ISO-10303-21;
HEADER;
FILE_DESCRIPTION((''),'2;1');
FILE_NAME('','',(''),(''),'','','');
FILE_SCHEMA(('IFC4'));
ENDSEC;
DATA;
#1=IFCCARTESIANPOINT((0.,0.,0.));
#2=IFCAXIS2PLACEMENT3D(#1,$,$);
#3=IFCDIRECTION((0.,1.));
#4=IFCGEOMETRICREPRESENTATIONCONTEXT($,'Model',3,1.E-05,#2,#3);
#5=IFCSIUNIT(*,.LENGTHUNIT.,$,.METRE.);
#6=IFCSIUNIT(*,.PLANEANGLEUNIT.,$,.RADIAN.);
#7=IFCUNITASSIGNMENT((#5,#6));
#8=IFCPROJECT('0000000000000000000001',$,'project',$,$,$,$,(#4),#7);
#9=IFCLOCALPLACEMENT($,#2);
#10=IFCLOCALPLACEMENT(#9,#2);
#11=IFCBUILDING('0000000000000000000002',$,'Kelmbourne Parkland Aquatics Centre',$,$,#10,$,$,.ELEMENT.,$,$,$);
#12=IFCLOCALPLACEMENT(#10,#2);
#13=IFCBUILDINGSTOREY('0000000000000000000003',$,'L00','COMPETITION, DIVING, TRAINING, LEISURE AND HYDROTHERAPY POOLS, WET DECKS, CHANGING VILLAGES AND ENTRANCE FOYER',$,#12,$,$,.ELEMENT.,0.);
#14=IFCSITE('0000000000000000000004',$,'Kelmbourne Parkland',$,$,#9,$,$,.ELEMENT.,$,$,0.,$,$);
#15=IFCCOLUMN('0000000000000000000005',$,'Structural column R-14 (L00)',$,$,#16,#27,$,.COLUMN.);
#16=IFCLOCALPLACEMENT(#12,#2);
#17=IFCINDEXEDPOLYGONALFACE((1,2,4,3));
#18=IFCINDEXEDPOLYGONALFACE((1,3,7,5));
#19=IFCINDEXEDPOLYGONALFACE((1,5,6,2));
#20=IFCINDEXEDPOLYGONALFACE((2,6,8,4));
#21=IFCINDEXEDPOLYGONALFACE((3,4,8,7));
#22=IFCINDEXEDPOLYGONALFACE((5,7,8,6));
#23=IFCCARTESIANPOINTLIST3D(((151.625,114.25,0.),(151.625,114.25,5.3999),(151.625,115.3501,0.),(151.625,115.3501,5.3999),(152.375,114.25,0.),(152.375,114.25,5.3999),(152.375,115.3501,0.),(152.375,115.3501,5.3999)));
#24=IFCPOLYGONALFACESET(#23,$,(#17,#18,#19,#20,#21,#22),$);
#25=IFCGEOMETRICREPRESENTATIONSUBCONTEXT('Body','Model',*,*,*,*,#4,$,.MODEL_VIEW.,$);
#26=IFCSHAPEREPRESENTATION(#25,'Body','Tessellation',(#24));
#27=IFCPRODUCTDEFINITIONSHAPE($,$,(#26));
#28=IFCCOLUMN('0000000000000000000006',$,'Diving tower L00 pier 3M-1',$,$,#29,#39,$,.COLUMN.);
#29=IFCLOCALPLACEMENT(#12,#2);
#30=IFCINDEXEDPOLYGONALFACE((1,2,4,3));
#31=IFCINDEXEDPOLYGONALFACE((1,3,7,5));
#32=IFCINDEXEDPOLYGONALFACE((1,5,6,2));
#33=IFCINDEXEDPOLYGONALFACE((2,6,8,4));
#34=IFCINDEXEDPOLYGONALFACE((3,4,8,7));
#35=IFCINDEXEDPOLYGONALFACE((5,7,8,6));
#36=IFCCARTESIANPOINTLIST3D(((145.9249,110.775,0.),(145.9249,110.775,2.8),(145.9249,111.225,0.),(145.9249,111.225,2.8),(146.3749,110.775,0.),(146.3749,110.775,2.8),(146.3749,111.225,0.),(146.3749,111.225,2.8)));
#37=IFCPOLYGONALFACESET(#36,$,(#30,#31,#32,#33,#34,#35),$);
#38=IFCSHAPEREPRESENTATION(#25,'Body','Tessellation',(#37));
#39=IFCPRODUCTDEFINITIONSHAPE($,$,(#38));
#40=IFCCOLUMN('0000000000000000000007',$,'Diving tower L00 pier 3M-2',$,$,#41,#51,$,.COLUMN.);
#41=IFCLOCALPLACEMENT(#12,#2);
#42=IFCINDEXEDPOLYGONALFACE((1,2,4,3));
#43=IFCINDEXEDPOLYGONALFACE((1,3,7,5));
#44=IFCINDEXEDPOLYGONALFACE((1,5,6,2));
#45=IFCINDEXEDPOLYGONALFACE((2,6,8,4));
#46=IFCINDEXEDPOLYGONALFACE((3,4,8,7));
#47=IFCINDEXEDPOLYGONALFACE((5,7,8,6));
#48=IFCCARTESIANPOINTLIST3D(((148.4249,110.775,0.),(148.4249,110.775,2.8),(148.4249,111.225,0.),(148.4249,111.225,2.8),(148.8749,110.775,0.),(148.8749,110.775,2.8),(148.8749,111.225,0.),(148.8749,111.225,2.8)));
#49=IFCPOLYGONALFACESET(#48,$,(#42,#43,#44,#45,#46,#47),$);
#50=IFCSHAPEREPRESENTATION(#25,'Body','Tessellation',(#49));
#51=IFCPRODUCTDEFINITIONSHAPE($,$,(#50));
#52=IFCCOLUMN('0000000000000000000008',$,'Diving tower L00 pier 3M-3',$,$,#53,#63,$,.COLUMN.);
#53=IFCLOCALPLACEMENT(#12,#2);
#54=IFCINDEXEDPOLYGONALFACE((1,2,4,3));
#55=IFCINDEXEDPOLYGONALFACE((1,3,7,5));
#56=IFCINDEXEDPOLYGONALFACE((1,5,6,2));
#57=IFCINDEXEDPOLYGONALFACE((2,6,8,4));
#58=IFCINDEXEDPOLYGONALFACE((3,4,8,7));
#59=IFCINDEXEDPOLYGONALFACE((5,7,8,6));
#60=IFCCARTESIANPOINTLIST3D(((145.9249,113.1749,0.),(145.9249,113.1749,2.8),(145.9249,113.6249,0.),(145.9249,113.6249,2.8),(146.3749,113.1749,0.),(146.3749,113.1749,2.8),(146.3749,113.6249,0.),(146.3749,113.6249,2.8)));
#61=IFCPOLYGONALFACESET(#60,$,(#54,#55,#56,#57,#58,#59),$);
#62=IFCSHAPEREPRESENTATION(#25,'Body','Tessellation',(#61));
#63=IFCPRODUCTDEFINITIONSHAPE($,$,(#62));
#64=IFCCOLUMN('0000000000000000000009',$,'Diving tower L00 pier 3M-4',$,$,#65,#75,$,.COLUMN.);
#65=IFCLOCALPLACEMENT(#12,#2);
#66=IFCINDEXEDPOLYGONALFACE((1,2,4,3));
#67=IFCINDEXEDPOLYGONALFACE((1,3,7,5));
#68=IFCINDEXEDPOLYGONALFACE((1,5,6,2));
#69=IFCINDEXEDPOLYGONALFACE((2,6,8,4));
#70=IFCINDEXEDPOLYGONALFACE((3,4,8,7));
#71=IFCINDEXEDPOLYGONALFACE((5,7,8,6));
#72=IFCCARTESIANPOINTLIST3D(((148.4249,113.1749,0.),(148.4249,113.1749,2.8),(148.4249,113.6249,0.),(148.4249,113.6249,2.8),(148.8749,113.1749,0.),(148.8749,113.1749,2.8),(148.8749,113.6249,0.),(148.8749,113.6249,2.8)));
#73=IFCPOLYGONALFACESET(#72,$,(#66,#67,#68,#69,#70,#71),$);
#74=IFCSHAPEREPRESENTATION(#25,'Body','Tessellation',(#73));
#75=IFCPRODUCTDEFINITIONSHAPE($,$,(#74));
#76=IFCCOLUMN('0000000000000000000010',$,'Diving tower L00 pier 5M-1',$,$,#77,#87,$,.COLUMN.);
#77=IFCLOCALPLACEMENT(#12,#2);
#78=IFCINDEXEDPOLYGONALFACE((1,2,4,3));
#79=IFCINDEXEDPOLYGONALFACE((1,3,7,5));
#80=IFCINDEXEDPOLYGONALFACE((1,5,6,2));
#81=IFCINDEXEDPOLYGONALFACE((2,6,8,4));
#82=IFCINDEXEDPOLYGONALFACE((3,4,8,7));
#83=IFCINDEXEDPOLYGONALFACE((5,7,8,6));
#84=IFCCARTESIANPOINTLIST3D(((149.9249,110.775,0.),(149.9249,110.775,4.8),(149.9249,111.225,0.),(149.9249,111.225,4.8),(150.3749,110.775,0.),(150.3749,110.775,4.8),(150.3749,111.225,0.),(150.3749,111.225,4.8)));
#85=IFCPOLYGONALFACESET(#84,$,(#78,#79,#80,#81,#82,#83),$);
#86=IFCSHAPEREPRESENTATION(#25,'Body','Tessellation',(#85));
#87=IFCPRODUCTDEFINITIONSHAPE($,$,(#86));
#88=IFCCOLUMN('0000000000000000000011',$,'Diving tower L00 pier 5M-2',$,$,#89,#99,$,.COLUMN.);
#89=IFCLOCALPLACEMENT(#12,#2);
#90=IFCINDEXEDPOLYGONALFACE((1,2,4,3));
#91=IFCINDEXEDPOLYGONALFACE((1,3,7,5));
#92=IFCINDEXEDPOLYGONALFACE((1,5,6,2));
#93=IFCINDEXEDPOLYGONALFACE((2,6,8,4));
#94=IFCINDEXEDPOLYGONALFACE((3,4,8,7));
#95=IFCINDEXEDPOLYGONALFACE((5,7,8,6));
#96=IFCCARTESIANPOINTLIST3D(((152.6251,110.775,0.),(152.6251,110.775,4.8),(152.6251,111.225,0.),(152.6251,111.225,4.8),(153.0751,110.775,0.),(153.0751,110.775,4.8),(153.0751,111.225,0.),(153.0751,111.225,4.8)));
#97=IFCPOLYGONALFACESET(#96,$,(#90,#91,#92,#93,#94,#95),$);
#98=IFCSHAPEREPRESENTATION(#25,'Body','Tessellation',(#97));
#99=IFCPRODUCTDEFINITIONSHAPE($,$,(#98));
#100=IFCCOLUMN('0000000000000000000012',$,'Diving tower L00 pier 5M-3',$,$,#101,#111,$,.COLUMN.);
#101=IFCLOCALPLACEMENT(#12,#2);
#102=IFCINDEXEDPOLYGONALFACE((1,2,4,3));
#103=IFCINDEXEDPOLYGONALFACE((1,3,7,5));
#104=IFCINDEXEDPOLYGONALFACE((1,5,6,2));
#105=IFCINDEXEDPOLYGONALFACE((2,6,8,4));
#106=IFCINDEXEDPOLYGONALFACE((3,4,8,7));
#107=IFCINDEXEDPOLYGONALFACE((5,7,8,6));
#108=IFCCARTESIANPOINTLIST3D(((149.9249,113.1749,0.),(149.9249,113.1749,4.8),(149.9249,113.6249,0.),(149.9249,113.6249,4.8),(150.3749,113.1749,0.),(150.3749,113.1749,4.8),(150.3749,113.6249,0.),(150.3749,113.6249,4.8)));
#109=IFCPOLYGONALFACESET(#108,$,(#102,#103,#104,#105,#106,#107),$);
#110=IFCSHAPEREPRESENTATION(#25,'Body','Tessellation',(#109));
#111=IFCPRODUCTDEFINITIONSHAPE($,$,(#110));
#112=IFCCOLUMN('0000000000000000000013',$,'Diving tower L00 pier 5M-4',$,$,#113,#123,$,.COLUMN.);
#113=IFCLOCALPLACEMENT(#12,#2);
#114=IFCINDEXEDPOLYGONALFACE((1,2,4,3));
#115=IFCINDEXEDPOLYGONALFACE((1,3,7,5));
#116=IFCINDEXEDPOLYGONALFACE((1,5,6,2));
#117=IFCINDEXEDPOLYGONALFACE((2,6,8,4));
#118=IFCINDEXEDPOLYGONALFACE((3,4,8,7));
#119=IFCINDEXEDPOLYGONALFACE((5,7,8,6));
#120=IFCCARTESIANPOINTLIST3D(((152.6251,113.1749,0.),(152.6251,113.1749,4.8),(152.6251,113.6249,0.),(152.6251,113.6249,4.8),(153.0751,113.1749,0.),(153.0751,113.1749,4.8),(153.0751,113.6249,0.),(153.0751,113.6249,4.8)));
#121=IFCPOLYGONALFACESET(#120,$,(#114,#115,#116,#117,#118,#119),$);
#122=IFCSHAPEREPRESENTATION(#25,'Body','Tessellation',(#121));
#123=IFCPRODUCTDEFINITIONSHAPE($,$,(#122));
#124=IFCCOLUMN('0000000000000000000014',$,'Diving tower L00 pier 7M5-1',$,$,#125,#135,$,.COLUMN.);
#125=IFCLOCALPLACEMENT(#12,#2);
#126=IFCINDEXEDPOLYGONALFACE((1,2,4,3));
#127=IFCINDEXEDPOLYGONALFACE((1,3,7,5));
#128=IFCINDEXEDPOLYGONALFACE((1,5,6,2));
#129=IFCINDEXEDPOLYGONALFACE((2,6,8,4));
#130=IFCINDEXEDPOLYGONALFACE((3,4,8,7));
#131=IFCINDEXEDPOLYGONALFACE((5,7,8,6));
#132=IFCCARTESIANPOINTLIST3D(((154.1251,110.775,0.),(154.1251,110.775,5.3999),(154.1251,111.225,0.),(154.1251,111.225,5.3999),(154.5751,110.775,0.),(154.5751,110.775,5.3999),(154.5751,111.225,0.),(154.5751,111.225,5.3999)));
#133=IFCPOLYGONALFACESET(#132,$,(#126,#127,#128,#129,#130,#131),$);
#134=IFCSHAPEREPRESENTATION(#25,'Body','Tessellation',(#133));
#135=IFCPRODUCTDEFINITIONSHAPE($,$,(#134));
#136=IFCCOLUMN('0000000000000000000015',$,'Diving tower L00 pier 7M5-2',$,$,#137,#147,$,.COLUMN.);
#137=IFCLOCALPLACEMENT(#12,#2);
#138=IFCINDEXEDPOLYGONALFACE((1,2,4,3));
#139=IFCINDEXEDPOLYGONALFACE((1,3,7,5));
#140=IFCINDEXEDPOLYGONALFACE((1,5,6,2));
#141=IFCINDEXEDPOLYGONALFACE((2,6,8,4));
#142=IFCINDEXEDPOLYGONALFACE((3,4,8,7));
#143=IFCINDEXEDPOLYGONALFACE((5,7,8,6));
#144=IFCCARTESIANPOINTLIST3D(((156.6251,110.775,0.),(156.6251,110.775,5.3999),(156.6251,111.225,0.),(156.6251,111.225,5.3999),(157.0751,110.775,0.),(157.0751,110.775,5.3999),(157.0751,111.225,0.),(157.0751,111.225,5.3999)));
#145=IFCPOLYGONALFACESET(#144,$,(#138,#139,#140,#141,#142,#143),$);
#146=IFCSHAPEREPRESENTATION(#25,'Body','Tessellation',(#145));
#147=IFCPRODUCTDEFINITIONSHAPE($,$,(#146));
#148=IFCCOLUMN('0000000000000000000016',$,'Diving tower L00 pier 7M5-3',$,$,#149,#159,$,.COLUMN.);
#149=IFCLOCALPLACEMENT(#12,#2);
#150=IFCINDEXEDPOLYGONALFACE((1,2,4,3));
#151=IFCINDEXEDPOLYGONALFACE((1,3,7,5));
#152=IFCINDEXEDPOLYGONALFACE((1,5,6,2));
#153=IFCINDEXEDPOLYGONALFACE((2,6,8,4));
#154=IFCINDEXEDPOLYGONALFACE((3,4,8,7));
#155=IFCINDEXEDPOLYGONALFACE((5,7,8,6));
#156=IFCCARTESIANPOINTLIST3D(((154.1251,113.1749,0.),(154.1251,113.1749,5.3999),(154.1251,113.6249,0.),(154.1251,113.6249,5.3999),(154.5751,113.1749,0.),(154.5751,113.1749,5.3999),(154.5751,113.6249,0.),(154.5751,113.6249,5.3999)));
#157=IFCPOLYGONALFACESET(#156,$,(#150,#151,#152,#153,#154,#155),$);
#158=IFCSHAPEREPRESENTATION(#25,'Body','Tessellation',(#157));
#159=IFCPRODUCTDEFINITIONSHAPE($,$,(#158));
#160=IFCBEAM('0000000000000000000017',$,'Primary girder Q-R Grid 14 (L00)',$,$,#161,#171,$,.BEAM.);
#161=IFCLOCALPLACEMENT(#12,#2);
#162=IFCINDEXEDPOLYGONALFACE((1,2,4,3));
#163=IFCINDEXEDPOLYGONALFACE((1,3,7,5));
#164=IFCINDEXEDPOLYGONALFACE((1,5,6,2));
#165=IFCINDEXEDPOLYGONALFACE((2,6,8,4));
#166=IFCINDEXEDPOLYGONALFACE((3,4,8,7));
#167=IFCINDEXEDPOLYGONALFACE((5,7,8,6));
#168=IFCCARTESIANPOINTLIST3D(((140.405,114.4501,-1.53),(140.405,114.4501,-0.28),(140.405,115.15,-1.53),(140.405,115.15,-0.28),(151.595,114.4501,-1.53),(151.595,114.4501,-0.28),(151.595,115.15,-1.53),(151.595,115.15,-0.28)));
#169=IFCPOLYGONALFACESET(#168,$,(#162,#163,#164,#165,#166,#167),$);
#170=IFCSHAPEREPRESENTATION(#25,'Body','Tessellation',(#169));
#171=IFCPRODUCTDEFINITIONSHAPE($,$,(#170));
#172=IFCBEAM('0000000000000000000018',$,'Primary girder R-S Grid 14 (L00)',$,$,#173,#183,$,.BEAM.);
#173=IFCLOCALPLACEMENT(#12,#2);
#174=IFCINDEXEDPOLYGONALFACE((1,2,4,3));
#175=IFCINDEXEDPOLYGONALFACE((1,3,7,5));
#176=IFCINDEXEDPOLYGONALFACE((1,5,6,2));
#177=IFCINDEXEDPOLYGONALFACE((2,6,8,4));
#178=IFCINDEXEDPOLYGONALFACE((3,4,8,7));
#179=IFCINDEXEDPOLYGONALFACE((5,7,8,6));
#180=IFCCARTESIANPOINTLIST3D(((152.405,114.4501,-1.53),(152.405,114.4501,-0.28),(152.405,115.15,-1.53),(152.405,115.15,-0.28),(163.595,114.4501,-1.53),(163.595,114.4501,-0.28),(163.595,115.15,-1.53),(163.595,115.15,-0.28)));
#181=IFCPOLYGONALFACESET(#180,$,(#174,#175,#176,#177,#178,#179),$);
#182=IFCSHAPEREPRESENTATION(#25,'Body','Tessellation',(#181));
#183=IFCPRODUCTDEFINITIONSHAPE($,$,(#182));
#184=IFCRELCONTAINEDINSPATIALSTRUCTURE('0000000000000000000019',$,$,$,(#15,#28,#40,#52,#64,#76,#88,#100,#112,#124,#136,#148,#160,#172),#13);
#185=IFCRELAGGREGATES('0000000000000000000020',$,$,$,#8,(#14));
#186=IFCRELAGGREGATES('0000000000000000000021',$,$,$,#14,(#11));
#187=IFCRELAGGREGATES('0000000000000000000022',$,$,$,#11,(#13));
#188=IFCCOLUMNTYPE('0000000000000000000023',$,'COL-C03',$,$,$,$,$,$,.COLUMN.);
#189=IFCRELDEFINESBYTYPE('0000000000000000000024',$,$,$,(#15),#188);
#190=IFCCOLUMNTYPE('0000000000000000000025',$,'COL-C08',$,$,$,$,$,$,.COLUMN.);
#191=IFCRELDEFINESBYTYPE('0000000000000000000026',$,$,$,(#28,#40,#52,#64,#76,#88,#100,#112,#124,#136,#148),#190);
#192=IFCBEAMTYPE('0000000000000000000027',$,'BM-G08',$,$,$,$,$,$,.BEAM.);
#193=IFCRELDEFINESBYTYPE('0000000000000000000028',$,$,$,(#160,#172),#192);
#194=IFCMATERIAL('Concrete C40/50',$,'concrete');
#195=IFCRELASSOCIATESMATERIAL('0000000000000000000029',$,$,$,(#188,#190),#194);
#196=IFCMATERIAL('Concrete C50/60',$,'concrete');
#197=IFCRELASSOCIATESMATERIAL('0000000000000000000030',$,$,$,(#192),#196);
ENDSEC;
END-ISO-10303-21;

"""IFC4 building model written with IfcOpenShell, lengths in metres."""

from ifc_helpers import new_model, si_unit, direction, frame, origin, origin_2d, place, context, subcontext, project, spatial, rectangle, extrude, material, material_profile, profile_set, type_object, element, save


model = new_model("IFC4")

# Units and contexts
model_context = context("Model", 3, precision=1e-05, world=origin(), true_north=direction((0.0, 1.0)))
body_context = subcontext(model_context, "Body", "Model", "MODEL_VIEW")
ifc_project = project(units=[si_unit("LENGTHUNIT", "METRE"), si_unit("PLANEANGLEUNIT", "RADIAN")], contexts=[model_context])

# Site, building, storey
site_placement = place(None, origin())
site = spatial("IfcSite", under=ifc_project, at=site_placement, Name="Kelmbourne Parkland", CompositionType="ELEMENT", RefElevation=0.0)
building_placement = place(site_placement, origin())
building = spatial("IfcBuilding", under=site, at=building_placement, Name="Kelmbourne Parkland Aquatics Centre", CompositionType="ELEMENT")
storey_placement = place(building_placement, origin())
storey = spatial("IfcBuildingStorey", under=building, at=storey_placement, Name="L00", Description="COMPETITION, DIVING, TRAINING, LEISURE AND HYDROTHERAPY POOLS, WET DECKS, CHANGING VILLAGES AND ENTRANCE FOYER", CompositionType="ELEMENT", Elevation=0.0)

# Columns
ifc_material_1 = material(Name="Concrete C40/50", Category="concrete")
ifc_material_profile_1 = material_profile(ifc_material_1, rectangle(XDim=0.75, YDim=1.1001, at=origin_2d()), Name="RC 750x1100")
ifc_profile_set_1 = profile_set([ifc_material_profile_1], Name="Concrete C40/50")
column_type_1 = type_object("IfcColumnType", Name="COL-C03", PredefinedType="COLUMN", material=ifc_profile_set_1)
column_placement = place(storey_placement, frame((152.0, 114.8, 0.0), z_axis=(0.0, 0.0, 1.0), x_axis=(1.0, 0.0, 0.0)))
element("IfcColumn", 1, at=column_placement, inside=storey, type_object=column_type_1, Name="Structural column R-14 (L00)", PredefinedType="COLUMN", context=body_context, shape_type="SweptSolid", body=[
    extrude(rectangle(XDim=0.75, YDim=1.1001, at=origin_2d()), origin(), (0.0, 0.0, 1.0), 5.3999),
])
ifc_material_profile_2 = material_profile(ifc_material_1, rectangle(XDim=0.45, YDim=0.45, at=origin_2d()), Name="RC 450x450")
ifc_profile_set_2 = profile_set([ifc_material_profile_2], Name="Concrete C40/50")
column_type_2 = type_object("IfcColumnType", Name="COL-C08", PredefinedType="COLUMN", material=ifc_profile_set_2)
for number, where, z_axis, x_axis, name in (
    (2, (146.1499, 111.0, 0.0), (0.0, 0.0, 1.0), (1.0, 0.0, 0.0), "Diving tower L00 pier 3M-1"),
    (3, (148.6499, 111.0, 0.0), (0.0, 0.0, 1.0), (1.0, 0.0, 0.0), "Diving tower L00 pier 3M-2"),
    (4, (146.1499, 113.3999, 0.0), (0.0, 0.0, 1.0), (1.0, 0.0, 0.0), "Diving tower L00 pier 3M-3"),
    (5, (148.6499, 113.3999, 0.0), (0.0, 0.0, 1.0), (1.0, 0.0, 0.0), "Diving tower L00 pier 3M-4"),
):
    element("IfcColumn", number, at=place(storey_placement, frame(where, z_axis=z_axis, x_axis=x_axis)), inside=storey, type_object=column_type_2, Name=name, PredefinedType="COLUMN", context=body_context, shape_type="SweptSolid", body=[
        extrude(rectangle(XDim=0.45, YDim=0.45, at=origin_2d()), origin(), (0.0, 0.0, 1.0), 2.8),
    ])
for number, where, z_axis, x_axis, name in (
    (6, (150.1499, 111.0, 0.0), (0.0, 0.0, 1.0), (1.0, 0.0, 0.0), "Diving tower L00 pier 5M-1"),
    (7, (152.8501, 111.0, 0.0), (0.0, 0.0, 1.0), (1.0, 0.0, 0.0), "Diving tower L00 pier 5M-2"),
    (8, (150.1499, 113.3999, 0.0), (0.0, 0.0, 1.0), (1.0, 0.0, 0.0), "Diving tower L00 pier 5M-3"),
    (9, (152.8501, 113.3999, 0.0), (0.0, 0.0, 1.0), (1.0, 0.0, 0.0), "Diving tower L00 pier 5M-4"),
):
    element("IfcColumn", number, at=place(storey_placement, frame(where, z_axis=z_axis, x_axis=x_axis)), inside=storey, type_object=column_type_2, Name=name, PredefinedType="COLUMN", context=body_context, shape_type="SweptSolid", body=[
        extrude(rectangle(XDim=0.45, YDim=0.45, at=origin_2d()), origin(), (0.0, 0.0, 1.0), 4.8),
    ])
for number, where, z_axis, x_axis, name in (
    (10, (154.3501, 111.0, 0.0), (0.0, 0.0, 1.0), (1.0, 0.0, 0.0), "Diving tower L00 pier 7M5-1"),
    (11, (156.8501, 111.0, 0.0), (0.0, 0.0, 1.0), (1.0, 0.0, 0.0), "Diving tower L00 pier 7M5-2"),
    (12, (154.3501, 113.3999, 0.0), (0.0, 0.0, 1.0), (1.0, 0.0, 0.0), "Diving tower L00 pier 7M5-3"),
):
    element("IfcColumn", number, at=place(storey_placement, frame(where, z_axis=z_axis, x_axis=x_axis)), inside=storey, type_object=column_type_2, Name=name, PredefinedType="COLUMN", context=body_context, shape_type="SweptSolid", body=[
        extrude(rectangle(XDim=0.45, YDim=0.45, at=origin_2d()), origin(), (0.0, 0.0, 1.0), 5.3999),
    ])

# Beams
ifc_material_2 = material(Name="Concrete C50/60", Category="concrete")
ifc_material_profile_3 = material_profile(ifc_material_2, rectangle(XDim=0.7, YDim=1.25, at=origin_2d()), Name="RC 700x1250")
ifc_profile_set_3 = profile_set([ifc_material_profile_3], Name="Concrete C50/60")
beam_type = type_object("IfcBeamType", Name="BM-G08", PredefinedType="BEAM", material=ifc_profile_set_3)
for number, where, z_axis, x_axis, name in (
    (13, (140.405, 114.8, -0.905), (1.0, 0.0, 0.0), (0.0, 1.0, 0.0), "Primary girder Q-R Grid 14 (L00)"),
    (14, (152.405, 114.8, -0.905), (1.0, 0.0, 0.0), (0.0, 1.0, 0.0), "Primary girder R-S Grid 14 (L00)"),
):
    element("IfcBeam", number, at=place(storey_placement, frame(where, z_axis=z_axis, x_axis=x_axis)), inside=storey, type_object=beam_type, Name=name, PredefinedType="BEAM", context=body_context, shape_type="SweptSolid", body=[
        extrude(rectangle(XDim=0.7, YDim=1.25, at=origin_2d()), origin(), (0.0, 0.0, 1.0), 11.1899),
    ])

save(model, "model.ifc")
